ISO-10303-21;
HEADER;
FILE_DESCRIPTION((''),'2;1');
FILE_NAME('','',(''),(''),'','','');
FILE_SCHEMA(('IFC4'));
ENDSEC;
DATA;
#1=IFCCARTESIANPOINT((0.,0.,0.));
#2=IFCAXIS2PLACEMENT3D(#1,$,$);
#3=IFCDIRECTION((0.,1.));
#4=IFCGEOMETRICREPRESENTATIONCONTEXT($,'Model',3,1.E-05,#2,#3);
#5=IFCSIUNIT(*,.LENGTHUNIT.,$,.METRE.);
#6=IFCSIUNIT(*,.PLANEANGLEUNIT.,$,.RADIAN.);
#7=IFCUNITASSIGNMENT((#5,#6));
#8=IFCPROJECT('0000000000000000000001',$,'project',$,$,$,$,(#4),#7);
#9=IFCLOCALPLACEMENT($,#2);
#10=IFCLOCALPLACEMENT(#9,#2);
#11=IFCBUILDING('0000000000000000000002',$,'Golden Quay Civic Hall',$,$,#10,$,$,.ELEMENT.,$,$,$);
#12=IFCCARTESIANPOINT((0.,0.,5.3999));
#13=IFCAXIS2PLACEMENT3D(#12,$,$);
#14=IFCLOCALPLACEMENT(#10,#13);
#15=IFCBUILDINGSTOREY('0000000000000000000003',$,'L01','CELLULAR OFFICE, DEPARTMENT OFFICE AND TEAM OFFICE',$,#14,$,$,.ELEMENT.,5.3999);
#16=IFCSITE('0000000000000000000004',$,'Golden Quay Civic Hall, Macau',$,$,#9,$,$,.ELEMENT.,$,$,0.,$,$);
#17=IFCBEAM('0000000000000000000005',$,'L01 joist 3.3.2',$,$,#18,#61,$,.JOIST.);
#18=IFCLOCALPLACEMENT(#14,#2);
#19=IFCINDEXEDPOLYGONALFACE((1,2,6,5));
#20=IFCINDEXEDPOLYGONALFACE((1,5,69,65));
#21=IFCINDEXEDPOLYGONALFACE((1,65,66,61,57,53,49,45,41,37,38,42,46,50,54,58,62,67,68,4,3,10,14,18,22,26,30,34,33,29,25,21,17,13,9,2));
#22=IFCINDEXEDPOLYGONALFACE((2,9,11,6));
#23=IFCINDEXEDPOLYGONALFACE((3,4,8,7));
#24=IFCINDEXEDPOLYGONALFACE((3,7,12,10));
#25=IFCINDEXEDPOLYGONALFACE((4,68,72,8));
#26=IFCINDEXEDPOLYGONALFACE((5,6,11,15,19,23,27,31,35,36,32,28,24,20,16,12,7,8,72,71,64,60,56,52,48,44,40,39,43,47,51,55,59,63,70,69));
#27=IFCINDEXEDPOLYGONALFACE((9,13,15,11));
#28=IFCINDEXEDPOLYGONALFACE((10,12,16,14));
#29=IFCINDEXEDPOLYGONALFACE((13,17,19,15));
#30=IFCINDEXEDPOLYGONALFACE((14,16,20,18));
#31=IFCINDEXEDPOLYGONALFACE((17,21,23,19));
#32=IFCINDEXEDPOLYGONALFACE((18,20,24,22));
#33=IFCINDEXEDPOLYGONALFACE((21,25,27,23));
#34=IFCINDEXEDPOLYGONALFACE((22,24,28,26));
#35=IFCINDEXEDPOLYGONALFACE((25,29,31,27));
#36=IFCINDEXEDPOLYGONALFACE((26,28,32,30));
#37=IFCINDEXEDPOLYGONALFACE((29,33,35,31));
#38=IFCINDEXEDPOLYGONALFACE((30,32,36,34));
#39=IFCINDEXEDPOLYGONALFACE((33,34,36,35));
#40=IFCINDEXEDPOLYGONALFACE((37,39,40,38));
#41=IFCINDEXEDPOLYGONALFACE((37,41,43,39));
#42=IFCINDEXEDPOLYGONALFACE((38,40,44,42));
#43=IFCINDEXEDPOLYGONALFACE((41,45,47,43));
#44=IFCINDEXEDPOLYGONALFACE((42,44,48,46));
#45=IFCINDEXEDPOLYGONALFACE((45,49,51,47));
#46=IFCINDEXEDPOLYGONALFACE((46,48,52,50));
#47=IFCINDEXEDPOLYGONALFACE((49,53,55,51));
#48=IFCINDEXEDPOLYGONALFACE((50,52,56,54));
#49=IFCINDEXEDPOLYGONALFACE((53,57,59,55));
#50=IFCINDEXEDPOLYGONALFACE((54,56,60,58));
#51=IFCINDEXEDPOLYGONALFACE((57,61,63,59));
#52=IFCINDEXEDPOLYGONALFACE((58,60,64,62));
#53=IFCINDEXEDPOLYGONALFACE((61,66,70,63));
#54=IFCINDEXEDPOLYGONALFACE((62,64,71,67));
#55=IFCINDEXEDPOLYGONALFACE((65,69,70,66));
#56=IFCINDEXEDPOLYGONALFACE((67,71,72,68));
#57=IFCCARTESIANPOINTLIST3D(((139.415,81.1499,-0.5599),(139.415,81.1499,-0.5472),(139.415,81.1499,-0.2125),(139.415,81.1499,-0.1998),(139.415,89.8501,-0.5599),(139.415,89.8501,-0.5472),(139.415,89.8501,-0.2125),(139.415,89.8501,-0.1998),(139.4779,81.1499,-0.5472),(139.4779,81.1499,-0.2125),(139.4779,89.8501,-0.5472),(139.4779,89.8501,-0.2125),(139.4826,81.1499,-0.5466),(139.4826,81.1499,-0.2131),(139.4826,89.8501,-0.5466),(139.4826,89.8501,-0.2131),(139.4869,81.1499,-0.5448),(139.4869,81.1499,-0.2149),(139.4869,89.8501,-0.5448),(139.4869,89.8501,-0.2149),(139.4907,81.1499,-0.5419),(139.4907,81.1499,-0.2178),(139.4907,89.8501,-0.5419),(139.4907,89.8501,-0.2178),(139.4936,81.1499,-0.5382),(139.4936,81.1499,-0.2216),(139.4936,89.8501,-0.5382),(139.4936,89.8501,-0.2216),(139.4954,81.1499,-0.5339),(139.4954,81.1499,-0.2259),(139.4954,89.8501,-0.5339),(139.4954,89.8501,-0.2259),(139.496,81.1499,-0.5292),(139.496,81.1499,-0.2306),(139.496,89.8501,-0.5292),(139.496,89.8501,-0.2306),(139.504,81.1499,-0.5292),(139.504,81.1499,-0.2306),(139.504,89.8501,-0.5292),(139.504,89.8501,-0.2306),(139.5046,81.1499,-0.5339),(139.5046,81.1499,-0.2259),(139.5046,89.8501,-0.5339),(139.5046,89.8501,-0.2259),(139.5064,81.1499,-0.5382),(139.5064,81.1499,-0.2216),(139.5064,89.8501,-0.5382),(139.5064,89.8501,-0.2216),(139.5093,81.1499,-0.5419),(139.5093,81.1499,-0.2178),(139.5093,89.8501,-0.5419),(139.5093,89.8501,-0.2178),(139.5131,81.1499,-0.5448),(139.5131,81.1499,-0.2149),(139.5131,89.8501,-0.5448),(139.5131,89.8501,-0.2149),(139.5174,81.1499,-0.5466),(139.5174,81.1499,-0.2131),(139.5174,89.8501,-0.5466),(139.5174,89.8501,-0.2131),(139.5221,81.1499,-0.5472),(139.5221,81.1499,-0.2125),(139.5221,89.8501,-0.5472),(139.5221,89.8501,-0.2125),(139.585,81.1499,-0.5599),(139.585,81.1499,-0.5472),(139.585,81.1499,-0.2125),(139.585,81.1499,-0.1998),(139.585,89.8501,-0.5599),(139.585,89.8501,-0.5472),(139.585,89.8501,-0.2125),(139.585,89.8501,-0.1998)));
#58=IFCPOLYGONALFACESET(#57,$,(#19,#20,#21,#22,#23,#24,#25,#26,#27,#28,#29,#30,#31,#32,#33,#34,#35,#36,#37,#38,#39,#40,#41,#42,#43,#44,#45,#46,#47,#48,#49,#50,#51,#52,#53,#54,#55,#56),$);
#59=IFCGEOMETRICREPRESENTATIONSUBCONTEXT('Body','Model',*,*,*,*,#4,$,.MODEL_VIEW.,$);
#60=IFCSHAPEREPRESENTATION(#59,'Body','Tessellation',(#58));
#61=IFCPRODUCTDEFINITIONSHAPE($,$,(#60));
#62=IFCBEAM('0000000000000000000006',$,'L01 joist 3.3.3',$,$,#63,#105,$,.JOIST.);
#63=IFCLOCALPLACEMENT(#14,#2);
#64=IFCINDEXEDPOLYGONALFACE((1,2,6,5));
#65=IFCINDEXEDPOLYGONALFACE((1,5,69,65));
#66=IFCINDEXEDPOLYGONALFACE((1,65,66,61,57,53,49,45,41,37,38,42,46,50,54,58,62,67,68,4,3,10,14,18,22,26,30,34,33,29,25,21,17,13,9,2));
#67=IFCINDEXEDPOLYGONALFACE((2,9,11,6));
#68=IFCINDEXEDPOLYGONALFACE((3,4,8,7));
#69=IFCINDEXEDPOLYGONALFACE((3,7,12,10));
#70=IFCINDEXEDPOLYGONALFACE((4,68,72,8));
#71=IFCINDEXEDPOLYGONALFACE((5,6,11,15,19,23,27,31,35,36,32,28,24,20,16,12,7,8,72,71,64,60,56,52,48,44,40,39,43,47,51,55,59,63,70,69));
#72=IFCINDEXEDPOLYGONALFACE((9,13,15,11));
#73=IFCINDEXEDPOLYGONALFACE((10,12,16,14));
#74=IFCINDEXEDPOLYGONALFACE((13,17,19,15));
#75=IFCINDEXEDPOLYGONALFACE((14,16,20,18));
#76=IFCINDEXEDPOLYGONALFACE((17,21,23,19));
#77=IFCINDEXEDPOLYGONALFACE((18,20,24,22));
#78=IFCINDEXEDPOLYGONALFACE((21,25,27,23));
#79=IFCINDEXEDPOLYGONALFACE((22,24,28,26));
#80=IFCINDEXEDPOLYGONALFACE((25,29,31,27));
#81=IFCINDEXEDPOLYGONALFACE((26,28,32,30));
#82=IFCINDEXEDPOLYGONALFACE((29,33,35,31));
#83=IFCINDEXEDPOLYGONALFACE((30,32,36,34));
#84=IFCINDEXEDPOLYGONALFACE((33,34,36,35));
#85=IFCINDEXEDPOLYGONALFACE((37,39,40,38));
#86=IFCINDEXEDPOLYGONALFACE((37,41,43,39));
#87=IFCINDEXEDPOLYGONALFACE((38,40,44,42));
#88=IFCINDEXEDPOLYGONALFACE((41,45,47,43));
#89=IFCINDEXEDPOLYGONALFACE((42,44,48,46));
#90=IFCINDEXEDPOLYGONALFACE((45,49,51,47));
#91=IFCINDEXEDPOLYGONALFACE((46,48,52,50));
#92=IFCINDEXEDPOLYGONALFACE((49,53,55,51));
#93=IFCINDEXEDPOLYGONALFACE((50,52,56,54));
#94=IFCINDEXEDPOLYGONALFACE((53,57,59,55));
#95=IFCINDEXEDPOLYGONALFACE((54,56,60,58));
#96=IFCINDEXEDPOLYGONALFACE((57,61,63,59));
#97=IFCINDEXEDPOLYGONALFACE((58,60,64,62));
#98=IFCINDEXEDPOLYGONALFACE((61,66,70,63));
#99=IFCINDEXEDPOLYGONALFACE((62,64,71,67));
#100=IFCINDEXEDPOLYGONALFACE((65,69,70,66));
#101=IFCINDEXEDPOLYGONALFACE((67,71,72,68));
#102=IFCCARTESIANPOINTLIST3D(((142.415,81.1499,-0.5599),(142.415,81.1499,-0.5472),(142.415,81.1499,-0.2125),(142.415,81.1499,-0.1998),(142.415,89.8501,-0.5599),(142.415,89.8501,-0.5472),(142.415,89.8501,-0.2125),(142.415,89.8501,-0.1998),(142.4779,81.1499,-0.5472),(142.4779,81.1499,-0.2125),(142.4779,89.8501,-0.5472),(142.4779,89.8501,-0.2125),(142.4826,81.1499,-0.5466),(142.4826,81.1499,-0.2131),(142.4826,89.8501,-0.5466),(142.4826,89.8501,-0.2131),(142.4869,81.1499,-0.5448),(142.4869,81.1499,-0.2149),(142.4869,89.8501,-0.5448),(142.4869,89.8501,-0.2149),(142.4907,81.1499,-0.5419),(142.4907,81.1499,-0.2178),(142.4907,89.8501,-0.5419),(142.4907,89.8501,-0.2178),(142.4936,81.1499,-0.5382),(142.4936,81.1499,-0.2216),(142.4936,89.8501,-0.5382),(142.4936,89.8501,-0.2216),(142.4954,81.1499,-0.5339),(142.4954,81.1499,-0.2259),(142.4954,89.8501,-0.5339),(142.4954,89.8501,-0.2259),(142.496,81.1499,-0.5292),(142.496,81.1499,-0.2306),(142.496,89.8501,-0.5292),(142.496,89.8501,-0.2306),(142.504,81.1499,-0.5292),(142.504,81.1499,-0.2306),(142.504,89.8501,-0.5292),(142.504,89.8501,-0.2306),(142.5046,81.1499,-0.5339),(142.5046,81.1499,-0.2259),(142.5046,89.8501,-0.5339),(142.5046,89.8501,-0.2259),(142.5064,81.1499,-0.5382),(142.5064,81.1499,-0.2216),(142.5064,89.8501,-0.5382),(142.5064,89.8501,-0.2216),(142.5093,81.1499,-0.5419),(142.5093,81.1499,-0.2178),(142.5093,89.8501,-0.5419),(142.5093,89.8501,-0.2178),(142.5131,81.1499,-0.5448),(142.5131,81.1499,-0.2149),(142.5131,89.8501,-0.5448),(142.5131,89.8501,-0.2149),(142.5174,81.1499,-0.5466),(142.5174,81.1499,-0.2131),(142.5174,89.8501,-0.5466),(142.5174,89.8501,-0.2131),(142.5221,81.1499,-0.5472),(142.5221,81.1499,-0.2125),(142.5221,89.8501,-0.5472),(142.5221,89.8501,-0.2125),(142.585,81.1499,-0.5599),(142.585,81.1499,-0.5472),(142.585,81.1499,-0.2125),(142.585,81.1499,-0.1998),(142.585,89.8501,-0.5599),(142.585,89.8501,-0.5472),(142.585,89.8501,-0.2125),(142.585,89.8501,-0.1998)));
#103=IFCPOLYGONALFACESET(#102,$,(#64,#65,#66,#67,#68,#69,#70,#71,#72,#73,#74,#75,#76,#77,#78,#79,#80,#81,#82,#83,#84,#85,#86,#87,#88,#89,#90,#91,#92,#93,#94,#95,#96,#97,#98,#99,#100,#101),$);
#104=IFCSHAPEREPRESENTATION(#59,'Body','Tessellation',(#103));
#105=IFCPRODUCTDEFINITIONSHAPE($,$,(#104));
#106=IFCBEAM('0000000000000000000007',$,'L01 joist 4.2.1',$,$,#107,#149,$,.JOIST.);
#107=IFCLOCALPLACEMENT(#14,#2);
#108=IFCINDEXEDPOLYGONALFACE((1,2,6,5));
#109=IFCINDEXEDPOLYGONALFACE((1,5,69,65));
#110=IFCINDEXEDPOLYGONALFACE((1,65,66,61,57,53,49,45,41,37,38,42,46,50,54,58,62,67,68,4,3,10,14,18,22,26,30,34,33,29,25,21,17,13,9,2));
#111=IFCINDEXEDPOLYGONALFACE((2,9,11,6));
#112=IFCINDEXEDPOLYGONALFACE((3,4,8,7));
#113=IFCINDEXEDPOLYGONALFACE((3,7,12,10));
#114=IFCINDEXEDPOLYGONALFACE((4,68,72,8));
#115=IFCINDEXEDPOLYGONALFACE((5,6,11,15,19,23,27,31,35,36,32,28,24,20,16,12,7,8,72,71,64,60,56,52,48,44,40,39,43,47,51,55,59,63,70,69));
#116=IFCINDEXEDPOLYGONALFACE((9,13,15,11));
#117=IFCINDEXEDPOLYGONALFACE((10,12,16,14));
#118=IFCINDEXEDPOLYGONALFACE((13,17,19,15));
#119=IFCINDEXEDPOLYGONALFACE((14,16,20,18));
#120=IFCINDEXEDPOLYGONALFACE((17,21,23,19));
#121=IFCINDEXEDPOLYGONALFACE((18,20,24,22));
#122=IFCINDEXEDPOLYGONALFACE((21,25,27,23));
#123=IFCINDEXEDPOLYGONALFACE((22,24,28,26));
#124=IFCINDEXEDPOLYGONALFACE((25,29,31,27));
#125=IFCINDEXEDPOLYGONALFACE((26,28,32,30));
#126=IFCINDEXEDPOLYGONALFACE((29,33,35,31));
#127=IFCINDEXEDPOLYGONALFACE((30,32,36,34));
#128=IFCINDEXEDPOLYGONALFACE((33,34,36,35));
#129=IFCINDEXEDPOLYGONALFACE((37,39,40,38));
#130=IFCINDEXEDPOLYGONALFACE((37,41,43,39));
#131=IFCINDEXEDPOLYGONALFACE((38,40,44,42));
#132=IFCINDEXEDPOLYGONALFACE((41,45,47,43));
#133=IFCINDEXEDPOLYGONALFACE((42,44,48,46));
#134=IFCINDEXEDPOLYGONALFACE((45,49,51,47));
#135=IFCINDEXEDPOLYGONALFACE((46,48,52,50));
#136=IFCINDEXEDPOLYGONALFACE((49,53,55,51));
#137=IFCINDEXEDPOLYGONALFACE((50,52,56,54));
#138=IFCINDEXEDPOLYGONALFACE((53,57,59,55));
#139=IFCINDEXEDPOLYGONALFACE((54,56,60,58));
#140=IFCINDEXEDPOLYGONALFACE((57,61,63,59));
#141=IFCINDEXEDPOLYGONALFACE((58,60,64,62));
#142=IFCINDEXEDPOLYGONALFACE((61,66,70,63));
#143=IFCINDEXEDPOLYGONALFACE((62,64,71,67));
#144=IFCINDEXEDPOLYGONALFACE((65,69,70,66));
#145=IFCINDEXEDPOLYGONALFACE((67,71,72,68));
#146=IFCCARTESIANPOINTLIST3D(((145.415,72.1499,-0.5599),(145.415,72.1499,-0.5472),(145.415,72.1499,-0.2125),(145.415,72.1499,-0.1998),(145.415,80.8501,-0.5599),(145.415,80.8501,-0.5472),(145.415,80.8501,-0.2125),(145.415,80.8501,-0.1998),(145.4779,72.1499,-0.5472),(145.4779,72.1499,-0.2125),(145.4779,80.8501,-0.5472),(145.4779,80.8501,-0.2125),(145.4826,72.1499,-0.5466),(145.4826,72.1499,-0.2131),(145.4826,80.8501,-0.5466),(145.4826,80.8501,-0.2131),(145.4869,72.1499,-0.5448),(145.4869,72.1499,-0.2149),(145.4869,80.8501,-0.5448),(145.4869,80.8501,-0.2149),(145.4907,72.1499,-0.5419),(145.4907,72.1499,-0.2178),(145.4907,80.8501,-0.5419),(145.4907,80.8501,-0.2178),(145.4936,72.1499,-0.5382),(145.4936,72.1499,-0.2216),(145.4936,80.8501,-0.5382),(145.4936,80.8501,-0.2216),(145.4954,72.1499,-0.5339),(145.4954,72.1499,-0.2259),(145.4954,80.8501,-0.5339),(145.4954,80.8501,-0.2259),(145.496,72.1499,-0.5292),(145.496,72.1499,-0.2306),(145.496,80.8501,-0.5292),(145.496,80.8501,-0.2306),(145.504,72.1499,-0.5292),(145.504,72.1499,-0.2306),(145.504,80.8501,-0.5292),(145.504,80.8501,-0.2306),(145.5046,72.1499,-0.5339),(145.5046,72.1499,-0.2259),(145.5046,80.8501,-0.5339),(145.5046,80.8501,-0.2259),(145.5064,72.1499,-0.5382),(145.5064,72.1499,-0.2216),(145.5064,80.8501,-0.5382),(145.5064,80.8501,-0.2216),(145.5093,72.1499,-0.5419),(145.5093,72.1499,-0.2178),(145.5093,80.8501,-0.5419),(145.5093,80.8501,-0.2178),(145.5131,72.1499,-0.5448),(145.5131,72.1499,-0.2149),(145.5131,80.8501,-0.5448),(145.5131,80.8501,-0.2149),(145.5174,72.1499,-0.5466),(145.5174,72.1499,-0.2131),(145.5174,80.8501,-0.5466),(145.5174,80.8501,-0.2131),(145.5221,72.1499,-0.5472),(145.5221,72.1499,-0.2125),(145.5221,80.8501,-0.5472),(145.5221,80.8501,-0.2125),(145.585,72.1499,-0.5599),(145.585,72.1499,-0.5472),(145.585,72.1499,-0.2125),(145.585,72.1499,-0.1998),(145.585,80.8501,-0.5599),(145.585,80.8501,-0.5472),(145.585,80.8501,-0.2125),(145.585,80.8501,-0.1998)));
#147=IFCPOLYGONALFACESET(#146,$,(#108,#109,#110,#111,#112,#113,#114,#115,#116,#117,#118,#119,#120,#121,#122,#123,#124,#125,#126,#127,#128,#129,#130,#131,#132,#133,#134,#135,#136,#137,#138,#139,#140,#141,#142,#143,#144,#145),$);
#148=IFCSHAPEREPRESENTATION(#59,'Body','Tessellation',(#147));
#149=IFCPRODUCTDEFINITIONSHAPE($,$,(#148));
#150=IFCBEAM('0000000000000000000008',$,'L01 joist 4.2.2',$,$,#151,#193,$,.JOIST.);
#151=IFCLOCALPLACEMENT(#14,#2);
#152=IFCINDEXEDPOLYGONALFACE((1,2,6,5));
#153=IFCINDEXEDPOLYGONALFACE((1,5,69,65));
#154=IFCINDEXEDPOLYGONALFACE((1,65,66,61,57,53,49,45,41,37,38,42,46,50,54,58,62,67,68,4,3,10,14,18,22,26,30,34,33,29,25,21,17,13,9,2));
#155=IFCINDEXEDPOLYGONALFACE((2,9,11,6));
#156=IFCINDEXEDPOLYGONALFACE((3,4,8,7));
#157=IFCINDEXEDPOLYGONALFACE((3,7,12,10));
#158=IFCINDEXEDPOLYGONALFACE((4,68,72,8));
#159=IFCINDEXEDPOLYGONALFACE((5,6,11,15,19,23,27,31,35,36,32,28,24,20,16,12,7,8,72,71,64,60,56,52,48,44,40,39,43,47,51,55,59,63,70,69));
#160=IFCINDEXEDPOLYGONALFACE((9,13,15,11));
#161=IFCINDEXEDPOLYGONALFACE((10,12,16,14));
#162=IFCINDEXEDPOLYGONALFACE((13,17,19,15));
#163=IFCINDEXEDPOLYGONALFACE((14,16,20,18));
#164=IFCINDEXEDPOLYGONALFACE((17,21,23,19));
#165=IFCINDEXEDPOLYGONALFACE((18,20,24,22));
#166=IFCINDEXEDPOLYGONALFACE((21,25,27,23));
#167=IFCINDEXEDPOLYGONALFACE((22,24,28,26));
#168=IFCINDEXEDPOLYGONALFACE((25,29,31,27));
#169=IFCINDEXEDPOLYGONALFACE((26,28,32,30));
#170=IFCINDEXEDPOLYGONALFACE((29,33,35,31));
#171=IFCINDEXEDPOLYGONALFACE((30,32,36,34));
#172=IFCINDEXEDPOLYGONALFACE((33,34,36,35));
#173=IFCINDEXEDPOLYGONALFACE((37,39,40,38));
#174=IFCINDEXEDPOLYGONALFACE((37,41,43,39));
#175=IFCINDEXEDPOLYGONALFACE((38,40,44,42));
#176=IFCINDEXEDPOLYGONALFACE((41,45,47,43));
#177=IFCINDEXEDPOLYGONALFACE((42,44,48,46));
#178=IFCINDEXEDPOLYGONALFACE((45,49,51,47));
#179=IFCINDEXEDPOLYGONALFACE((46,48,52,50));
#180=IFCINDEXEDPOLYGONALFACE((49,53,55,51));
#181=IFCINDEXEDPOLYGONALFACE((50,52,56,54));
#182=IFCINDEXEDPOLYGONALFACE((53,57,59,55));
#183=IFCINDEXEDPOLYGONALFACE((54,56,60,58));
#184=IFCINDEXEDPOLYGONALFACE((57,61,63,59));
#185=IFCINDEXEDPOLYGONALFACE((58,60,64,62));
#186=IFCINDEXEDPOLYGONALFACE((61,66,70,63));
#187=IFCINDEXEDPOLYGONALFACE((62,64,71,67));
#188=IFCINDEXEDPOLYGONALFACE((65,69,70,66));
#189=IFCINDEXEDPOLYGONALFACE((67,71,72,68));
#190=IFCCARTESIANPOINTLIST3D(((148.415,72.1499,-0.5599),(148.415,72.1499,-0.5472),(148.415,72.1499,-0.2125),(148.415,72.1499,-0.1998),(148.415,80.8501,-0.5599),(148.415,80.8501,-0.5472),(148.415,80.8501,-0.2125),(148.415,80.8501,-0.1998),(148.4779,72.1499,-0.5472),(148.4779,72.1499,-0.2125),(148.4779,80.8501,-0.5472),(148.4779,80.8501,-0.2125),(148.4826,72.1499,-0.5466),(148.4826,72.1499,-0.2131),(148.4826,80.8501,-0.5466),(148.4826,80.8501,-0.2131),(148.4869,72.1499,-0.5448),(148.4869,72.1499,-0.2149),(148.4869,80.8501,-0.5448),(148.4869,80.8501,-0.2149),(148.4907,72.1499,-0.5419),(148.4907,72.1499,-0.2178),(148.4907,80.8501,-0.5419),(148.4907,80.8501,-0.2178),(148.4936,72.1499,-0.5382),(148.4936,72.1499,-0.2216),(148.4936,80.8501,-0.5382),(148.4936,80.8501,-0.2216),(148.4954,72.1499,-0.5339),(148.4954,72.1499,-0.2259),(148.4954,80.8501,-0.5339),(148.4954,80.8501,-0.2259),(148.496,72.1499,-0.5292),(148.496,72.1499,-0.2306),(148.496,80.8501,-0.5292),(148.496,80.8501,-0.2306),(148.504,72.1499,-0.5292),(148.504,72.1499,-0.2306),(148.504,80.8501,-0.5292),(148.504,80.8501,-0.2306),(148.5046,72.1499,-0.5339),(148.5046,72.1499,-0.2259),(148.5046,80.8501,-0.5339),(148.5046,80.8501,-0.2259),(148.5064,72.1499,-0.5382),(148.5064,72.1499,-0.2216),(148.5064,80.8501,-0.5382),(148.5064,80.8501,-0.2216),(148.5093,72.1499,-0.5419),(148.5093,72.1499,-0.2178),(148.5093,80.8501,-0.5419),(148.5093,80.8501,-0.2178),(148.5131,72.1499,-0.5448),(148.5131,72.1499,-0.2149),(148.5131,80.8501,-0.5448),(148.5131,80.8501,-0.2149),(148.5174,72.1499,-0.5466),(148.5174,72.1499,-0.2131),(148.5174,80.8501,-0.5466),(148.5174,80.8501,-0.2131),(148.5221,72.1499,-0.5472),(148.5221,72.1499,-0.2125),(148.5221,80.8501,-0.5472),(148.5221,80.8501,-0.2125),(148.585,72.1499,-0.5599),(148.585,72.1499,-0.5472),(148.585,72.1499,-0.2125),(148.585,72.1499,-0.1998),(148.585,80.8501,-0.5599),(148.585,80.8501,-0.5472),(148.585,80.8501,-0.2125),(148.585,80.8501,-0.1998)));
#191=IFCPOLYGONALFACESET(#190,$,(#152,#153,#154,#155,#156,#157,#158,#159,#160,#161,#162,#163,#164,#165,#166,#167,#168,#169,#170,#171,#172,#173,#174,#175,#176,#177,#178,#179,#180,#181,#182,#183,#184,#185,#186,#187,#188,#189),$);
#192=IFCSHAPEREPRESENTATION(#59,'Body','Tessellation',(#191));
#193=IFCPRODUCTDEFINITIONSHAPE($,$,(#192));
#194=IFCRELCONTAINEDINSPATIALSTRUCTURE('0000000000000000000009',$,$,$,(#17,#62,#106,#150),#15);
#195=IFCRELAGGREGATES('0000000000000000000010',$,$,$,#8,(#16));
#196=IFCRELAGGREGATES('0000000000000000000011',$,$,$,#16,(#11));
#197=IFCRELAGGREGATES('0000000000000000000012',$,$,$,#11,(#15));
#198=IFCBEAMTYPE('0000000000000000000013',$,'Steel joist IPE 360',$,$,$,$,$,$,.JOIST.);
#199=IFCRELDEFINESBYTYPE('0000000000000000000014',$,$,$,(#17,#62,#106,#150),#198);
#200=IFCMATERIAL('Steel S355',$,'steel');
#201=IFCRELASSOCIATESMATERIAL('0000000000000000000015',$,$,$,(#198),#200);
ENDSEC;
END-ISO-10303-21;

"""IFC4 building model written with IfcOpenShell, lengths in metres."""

from ifc_helpers import new_model, si_unit, direction, frame, origin, origin_2d, place, context, subcontext, project, spatial, i_section, extrude, material, material_profile, profile_set, type_object, element, save


model = new_model("IFC4")

# Units and contexts
model_context = context("Model", 3, precision=1e-05, world=origin(), true_north=direction((0.0, 1.0)))
body_context = subcontext(model_context, "Body", "Model", "MODEL_VIEW")
ifc_project = project(units=[si_unit("LENGTHUNIT", "METRE"), si_unit("PLANEANGLEUNIT", "RADIAN")], contexts=[model_context])

# Site, building, storey
site_placement = place(None, origin())
site = spatial("IfcSite", under=ifc_project, at=site_placement, Name="Golden Quay Civic Hall, Macau", CompositionType="ELEMENT", RefElevation=0.0)
building_placement = place(site_placement, origin())
building = spatial("IfcBuilding", under=site, at=building_placement, Name="Golden Quay Civic Hall", CompositionType="ELEMENT")
storey_placement = place(building_placement, frame((0.0, 0.0, 5.3999)))
storey = spatial("IfcBuildingStorey", under=building, at=storey_placement, Name="L01", Description="CELLULAR OFFICE, DEPARTMENT OFFICE AND TEAM OFFICE", CompositionType="ELEMENT", Elevation=5.3999)

# Beams
ifc_material_1 = material(Name="Steel S355", Category="steel")
ifc_material_profile_1 = material_profile(ifc_material_1, i_section(OverallWidth=0.1699, OverallDepth=0.3601, WebThickness=0.0081, FlangeThickness=0.0127, FilletRadius=0.0181, at=origin_2d()), Name="IPE 360")
ifc_profile_set_1 = profile_set([ifc_material_profile_1], Name="Steel S355")
beam_type_1 = type_object("IfcBeamType", Name="Steel joist IPE 360", PredefinedType="JOIST", material=ifc_profile_set_1)
for number, where, z_axis, x_axis, name in (
    (1, (139.5, 81.1499, -0.3799), (0.0, 1.0, 0.0), (-1.0, 0.0, 0.0), "L01 joist 3.3.2"),
    (2, (142.5, 81.1499, -0.3799), (0.0, 1.0, 0.0), (-1.0, 0.0, 0.0), "L01 joist 3.3.3"),
    (3, (145.5, 72.1499, -0.3799), (0.0, 1.0, 0.0), (-1.0, 0.0, 0.0), "L01 joist 4.2.1"),
    (4, (148.5, 72.1499, -0.3799), (0.0, 1.0, 0.0), (-1.0, 0.0, 0.0), "L01 joist 4.2.2"),
):
    element("IfcBeam", number, at=place(storey_placement, frame(where, z_axis=z_axis, x_axis=x_axis)), inside=storey, type_object=beam_type_1, Name=name, PredefinedType="JOIST", context=body_context, shape_type="SweptSolid", body=[
        extrude(i_section(OverallWidth=0.1699, OverallDepth=0.3601, WebThickness=0.0081, FlangeThickness=0.0127, FilletRadius=0.0181, at=origin_2d()), origin(), (0.0, 0.0, 1.0), 8.7002),
    ])

save(model, "model.ifc")
